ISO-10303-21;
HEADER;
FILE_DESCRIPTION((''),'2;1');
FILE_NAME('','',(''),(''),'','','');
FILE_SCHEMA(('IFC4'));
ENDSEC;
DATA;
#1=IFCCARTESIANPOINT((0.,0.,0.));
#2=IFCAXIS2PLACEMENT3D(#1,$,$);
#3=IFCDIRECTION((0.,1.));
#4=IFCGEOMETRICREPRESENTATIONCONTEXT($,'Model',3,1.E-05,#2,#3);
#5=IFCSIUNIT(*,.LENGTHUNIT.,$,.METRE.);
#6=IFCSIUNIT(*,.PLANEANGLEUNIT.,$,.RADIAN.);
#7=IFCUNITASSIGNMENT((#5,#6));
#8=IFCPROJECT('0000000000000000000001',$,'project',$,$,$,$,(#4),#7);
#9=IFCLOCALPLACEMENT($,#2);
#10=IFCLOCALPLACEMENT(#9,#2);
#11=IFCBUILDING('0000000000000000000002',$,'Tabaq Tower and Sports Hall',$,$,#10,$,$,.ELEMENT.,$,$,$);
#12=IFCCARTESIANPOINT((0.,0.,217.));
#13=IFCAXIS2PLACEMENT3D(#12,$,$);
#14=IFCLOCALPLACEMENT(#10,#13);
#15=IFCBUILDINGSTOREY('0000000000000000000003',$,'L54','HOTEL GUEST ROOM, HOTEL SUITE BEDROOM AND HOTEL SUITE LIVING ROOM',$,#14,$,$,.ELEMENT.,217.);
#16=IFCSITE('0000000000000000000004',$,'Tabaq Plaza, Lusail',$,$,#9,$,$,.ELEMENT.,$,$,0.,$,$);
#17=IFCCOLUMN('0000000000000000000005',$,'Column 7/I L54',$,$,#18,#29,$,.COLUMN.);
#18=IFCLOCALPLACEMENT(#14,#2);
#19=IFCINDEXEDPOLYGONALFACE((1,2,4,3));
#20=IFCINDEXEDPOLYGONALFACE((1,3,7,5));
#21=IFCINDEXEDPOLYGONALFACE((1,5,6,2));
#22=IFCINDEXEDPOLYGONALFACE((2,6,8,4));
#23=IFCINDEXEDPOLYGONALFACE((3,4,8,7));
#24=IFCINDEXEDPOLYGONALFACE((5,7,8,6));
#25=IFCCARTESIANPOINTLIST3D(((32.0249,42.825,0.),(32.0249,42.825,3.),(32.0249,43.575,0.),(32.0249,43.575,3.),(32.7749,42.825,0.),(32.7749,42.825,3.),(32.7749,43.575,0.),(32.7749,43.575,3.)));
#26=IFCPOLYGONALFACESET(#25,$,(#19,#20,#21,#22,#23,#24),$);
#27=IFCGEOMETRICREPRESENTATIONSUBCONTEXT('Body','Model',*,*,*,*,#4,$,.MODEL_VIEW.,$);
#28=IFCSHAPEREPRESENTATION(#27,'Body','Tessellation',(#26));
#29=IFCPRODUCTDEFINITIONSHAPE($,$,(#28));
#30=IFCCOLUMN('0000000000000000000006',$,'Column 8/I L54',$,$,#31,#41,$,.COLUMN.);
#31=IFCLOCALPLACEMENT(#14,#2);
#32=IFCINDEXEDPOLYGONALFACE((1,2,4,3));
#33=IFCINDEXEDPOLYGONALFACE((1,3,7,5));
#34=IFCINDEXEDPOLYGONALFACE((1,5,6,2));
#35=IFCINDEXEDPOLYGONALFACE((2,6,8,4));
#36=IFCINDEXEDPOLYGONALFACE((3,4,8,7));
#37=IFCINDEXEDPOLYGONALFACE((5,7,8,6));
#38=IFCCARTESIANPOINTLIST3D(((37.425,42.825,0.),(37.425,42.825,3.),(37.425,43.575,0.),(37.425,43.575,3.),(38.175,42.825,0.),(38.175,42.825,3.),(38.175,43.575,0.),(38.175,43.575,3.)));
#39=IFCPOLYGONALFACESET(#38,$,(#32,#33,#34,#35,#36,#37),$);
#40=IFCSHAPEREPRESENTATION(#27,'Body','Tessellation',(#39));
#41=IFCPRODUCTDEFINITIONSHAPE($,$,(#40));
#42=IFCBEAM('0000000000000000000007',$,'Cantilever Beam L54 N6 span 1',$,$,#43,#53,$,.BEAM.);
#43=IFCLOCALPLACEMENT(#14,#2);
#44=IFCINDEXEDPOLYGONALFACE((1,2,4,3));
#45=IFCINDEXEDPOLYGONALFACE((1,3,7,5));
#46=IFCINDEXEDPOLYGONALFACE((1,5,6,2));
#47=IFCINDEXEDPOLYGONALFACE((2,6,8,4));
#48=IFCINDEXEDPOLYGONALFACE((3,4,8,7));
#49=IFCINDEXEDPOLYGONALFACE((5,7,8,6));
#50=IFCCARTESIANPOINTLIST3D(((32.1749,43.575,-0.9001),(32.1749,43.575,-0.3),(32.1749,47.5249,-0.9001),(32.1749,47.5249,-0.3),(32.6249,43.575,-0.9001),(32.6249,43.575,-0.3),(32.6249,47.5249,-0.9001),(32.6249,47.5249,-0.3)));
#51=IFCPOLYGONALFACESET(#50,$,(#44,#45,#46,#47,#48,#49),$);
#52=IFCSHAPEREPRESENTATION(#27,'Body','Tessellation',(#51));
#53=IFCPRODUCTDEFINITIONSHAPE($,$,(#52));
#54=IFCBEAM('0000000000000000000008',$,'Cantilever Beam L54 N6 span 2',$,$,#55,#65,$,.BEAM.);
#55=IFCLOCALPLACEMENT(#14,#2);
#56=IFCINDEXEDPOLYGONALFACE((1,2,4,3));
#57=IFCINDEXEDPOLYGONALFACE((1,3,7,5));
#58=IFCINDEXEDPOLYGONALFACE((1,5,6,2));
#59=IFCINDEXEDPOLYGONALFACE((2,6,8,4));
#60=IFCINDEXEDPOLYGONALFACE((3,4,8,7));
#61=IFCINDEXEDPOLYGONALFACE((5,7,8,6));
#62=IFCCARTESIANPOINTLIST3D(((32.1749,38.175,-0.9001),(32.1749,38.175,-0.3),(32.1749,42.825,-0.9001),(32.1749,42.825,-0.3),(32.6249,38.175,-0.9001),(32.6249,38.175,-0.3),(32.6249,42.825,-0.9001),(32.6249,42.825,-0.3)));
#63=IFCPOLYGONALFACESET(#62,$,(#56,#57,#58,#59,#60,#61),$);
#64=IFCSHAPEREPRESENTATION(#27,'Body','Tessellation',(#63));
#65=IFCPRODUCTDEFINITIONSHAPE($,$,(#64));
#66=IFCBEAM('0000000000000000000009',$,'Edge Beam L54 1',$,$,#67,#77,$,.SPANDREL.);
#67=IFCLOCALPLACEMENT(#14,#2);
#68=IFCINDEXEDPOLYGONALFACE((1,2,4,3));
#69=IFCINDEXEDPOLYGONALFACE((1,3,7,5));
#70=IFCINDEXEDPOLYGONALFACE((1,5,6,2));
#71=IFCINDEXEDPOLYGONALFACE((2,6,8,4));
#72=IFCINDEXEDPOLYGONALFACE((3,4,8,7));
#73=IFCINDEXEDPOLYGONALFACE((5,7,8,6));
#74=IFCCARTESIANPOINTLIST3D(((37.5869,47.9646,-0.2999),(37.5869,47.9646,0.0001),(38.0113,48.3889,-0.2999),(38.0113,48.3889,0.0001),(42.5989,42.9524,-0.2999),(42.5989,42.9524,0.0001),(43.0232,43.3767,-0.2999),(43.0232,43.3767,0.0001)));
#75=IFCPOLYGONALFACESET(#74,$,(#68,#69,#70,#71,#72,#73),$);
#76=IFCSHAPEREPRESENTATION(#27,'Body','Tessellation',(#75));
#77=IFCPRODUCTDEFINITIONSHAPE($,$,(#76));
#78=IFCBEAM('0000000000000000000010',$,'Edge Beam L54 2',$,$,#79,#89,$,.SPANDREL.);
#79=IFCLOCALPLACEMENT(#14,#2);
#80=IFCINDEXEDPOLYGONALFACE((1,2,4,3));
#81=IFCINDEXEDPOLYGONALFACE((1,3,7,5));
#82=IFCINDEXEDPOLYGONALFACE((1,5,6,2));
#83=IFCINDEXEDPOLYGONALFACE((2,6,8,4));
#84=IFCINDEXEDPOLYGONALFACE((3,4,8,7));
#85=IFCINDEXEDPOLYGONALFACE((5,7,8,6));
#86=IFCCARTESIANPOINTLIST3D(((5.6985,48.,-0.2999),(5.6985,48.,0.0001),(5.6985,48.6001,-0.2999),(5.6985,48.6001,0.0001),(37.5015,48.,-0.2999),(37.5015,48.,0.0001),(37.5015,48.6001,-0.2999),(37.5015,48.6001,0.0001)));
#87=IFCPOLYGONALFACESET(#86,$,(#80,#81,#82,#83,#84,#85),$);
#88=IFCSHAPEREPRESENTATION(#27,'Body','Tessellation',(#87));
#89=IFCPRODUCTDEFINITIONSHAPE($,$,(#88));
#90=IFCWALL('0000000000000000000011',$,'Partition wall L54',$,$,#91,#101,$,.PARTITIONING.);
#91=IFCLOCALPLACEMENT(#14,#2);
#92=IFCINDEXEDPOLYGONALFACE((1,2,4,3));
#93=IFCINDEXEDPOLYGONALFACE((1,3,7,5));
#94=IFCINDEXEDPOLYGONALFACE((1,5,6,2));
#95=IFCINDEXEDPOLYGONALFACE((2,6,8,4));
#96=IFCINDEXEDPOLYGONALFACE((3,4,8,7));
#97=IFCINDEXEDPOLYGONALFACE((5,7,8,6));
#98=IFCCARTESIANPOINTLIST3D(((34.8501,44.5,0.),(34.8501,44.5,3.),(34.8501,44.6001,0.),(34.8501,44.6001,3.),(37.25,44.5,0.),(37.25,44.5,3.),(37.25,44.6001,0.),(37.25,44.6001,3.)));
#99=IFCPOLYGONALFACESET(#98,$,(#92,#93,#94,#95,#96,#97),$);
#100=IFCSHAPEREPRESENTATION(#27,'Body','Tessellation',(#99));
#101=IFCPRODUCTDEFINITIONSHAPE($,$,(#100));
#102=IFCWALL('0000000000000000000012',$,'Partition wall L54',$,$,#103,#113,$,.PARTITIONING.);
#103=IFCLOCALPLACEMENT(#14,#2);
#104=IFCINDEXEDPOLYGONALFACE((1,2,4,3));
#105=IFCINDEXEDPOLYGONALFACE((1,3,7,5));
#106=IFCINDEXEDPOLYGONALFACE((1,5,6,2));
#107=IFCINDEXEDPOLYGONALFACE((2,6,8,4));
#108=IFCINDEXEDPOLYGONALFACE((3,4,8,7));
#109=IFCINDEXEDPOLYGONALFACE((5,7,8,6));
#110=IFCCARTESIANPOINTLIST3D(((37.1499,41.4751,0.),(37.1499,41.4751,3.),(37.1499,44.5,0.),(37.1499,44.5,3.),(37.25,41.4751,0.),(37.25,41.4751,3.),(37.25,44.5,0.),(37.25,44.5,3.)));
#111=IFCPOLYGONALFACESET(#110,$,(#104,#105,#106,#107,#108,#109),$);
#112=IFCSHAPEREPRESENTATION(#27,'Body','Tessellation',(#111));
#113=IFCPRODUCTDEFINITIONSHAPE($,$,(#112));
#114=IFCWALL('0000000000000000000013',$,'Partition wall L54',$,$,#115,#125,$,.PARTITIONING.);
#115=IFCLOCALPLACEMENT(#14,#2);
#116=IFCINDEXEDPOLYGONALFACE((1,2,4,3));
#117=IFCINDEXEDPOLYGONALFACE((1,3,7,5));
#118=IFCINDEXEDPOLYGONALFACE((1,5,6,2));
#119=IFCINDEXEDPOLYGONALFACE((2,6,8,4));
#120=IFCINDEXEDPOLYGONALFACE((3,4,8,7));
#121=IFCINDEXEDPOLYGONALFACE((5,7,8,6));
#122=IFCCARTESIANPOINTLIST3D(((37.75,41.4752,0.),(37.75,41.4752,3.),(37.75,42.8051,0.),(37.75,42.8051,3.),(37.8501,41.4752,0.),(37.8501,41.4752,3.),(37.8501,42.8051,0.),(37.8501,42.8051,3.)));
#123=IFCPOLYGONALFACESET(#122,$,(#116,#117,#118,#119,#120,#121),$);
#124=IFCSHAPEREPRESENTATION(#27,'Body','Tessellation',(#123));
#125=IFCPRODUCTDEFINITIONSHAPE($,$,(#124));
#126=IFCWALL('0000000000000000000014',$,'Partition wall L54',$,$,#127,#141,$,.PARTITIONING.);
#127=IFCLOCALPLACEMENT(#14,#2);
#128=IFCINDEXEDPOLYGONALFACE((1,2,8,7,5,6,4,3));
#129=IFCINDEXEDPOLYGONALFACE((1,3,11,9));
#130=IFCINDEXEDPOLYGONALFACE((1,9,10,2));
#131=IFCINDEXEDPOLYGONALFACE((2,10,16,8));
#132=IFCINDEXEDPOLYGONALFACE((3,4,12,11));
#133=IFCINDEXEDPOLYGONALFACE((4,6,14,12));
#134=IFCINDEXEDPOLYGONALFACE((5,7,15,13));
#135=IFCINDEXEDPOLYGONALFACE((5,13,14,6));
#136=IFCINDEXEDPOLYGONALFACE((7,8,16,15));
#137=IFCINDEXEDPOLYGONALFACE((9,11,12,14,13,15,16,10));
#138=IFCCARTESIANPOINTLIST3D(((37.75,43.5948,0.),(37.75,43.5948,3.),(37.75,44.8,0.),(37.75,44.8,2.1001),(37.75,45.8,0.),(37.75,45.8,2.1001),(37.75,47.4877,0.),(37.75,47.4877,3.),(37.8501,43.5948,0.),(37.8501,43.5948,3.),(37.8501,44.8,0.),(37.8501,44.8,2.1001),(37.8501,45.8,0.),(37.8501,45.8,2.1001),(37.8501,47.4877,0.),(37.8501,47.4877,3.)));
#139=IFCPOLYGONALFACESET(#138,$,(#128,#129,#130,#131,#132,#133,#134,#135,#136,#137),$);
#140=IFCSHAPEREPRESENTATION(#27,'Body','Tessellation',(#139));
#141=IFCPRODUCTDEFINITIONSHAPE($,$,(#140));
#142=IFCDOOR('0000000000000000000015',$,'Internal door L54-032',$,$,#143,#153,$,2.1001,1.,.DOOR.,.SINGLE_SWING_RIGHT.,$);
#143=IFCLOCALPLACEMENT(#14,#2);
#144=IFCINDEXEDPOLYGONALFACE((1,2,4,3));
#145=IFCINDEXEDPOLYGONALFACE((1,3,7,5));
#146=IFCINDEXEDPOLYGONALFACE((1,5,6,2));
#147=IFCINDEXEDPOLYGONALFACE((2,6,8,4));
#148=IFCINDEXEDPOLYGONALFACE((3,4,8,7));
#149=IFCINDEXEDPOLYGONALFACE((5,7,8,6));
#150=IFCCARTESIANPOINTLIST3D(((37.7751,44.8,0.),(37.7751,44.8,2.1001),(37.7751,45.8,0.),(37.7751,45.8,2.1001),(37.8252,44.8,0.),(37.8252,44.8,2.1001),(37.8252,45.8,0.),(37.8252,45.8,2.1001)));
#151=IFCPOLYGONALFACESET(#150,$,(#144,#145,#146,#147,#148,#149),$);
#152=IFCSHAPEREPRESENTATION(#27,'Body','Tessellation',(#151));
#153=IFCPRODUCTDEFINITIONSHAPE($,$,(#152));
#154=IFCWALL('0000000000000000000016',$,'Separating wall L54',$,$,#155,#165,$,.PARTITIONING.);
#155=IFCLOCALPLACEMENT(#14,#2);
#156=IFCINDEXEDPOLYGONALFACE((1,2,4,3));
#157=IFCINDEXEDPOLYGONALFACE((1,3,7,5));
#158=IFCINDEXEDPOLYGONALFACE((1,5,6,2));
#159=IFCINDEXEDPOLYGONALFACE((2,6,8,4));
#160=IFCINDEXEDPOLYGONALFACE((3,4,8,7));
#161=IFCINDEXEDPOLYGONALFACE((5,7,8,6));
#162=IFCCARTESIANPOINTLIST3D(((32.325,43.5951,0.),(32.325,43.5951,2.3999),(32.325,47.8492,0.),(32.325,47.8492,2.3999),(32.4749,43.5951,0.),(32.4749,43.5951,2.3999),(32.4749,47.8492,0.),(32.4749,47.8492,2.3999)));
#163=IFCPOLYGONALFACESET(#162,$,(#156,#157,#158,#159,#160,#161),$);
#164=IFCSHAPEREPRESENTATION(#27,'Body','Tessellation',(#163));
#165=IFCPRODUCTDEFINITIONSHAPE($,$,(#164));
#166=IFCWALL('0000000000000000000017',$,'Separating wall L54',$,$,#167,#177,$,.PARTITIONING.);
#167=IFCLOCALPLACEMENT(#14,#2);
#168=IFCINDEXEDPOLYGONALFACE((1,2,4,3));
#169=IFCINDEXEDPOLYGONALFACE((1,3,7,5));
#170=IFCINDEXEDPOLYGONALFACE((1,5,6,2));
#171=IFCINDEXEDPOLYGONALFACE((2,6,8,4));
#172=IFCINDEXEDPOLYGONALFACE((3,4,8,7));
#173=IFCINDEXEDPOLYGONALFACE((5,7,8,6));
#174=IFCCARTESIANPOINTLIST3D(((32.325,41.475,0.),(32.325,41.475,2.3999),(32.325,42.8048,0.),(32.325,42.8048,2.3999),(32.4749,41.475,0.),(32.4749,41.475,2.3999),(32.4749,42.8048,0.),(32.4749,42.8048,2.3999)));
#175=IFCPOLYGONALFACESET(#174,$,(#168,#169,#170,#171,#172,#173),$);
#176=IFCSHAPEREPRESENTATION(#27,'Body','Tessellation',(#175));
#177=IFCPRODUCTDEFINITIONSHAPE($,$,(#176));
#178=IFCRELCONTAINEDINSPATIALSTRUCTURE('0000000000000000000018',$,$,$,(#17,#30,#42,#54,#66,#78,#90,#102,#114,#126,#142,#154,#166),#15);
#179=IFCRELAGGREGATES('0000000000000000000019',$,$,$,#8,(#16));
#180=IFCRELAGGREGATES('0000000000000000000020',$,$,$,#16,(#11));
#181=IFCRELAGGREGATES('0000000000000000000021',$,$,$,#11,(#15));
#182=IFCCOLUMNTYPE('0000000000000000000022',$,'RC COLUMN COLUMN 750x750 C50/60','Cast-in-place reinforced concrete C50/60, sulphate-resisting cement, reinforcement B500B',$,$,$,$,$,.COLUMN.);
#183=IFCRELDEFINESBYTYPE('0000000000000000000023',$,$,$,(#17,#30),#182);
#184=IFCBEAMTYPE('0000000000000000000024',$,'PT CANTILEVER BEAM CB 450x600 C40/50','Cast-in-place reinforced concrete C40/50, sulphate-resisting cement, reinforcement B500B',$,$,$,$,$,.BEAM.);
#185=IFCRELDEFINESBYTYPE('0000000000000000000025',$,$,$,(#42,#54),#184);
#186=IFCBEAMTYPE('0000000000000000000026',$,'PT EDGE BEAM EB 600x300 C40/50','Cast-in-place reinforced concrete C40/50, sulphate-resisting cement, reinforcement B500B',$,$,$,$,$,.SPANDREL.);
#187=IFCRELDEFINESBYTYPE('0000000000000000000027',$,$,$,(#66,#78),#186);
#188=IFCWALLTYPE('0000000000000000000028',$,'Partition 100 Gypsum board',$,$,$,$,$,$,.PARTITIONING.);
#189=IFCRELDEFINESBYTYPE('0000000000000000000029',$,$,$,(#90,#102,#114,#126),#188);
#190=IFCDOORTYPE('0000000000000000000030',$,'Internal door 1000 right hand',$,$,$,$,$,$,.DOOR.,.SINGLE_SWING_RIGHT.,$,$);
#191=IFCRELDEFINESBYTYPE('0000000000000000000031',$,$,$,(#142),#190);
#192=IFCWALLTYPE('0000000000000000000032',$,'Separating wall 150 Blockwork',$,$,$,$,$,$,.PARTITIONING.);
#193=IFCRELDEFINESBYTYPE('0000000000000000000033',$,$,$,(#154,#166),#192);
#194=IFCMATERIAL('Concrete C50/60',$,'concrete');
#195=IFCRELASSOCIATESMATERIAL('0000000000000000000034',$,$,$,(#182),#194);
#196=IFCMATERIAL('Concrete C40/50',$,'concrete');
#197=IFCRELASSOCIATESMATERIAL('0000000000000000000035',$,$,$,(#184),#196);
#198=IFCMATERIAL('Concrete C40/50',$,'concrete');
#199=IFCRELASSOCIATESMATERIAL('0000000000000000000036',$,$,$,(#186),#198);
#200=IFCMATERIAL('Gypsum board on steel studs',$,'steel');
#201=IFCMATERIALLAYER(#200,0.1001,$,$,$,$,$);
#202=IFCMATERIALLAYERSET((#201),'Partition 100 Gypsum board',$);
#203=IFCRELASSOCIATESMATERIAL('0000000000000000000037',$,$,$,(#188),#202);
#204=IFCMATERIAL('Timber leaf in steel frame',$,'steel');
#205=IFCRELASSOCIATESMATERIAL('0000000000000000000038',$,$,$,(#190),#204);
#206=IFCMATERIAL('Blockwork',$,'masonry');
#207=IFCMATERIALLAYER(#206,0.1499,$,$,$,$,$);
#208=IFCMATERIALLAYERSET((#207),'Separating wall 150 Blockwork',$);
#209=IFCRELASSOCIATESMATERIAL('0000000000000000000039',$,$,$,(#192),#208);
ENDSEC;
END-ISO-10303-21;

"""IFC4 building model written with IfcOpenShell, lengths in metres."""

from ifc_helpers import new_model, si_unit, direction, frame, frame_2d, origin, origin_2d, place, context, subcontext, project, spatial, rectangle, extrude, material, layer, layer_set, material_profile, profile_set, type_object, element, fill, save


model = new_model("IFC4")

# Units and contexts
model_context = context("Model", 3, precision=1e-05, world=origin(), true_north=direction((0.0, 1.0)))
body_context = subcontext(model_context, "Body", "Model", "MODEL_VIEW")
ifc_project = project(units=[si_unit("LENGTHUNIT", "METRE"), si_unit("PLANEANGLEUNIT", "RADIAN")], contexts=[model_context])

# Site, building, storey
site_placement = place(None, origin())
site = spatial("IfcSite", under=ifc_project, at=site_placement, Name="Tabaq Plaza, Lusail", CompositionType="ELEMENT", RefElevation=0.0)
building_placement = place(site_placement, origin())
building = spatial("IfcBuilding", under=site, at=building_placement, Name="Tabaq Tower and Sports Hall", CompositionType="ELEMENT")
storey_placement = place(building_placement, frame((0.0, 0.0, 217.0)))
storey = spatial("IfcBuildingStorey", under=building, at=storey_placement, Name="L54", Description="HOTEL GUEST ROOM, HOTEL SUITE BEDROOM AND HOTEL SUITE LIVING ROOM", CompositionType="ELEMENT", Elevation=217.0)

# Columns
ifc_material_1 = material(Name="Concrete C50/60", Category="concrete")
ifc_material_profile_1 = material_profile(ifc_material_1, rectangle(XDim=0.75, YDim=0.75, at=origin_2d()), Name="COLUMN 750x750")
ifc_profile_set_1 = profile_set([ifc_material_profile_1], Name="Concrete C50/60")
column_type = type_object("IfcColumnType", Name="RC COLUMN COLUMN 750x750 C50/60", Description="Cast-in-place reinforced concrete C50/60, sulphate-resisting cement, reinforcement B500B", PredefinedType="COLUMN", material=ifc_profile_set_1)
for number, where, z_axis, x_axis, name in (
    (1, (32.3999, 43.2, 0.0), (0.0, 0.0, 1.0), (1.0, 0.0, 0.0), "Column 7/I L54"),
    (2, (37.8, 43.2, 0.0), (0.0, 0.0, 1.0), (1.0, 0.0, 0.0), "Column 8/I L54"),
):
    element("IfcColumn", number, at=place(storey_placement, frame(where, z_axis=z_axis, x_axis=x_axis)), inside=storey, type_object=column_type, Name=name, PredefinedType="COLUMN", context=body_context, shape_type="SweptSolid", body=[
        extrude(rectangle(XDim=0.75, YDim=0.75, at=origin_2d()), origin(), (0.0, 0.0, 1.0), 3.0),
    ])

# Beams
ifc_material_2 = material(Name="Concrete C40/50", Category="concrete")
ifc_material_profile_2 = material_profile(ifc_material_2, rectangle(XDim=0.45, YDim=0.6001, at=origin_2d()), Name="CB 450x600")
ifc_profile_set_2 = profile_set([ifc_material_profile_2], Name="Concrete C40/50")
beam_type_1 = type_object("IfcBeamType", Name="PT CANTILEVER BEAM CB 450x600 C40/50", Description="Cast-in-place reinforced concrete C40/50, sulphate-resisting cement, reinforcement B500B", PredefinedType="BEAM", material=ifc_profile_set_2)
beam_1_placement = place(storey_placement, frame((32.3999, 47.5249, -0.6001), z_axis=(0.0, -1.0, 0.0), x_axis=(1.0, 0.0, 0.0)))
element("IfcBeam", 3, at=beam_1_placement, inside=storey, type_object=beam_type_1, Name="Cantilever Beam L54 N6 span 1", PredefinedType="BEAM", context=body_context, shape_type="SweptSolid", body=[
    extrude(rectangle(XDim=0.45, YDim=0.6001, at=origin_2d()), origin(), (0.0, 0.0, 1.0), 3.95),
])
beam_2_placement = place(storey_placement, frame((32.3999, 42.825, -0.6001), z_axis=(0.0, -1.0, 0.0), x_axis=(1.0, 0.0, 0.0)))
element("IfcBeam", 4, at=beam_2_placement, inside=storey, type_object=beam_type_1, Name="Cantilever Beam L54 N6 span 2", PredefinedType="BEAM", context=body_context, shape_type="SweptSolid", body=[
    extrude(rectangle(XDim=0.45, YDim=0.6001, at=origin_2d()), origin(), (0.0, 0.0, 1.0), 4.6499),
])
ifc_material_3 = material(Name="Concrete C40/50", Category="concrete")
ifc_material_profile_3 = material_profile(ifc_material_3, rectangle(XDim=0.6001, YDim=0.3, at=origin_2d()), Name="EB 600x300")
ifc_profile_set_3 = profile_set([ifc_material_profile_3], Name="Concrete C40/50")
beam_type_2 = type_object("IfcBeamType", Name="PT EDGE BEAM EB 600x300 C40/50", Description="Cast-in-place reinforced concrete C40/50, sulphate-resisting cement, reinforcement B500B", PredefinedType="SPANDREL", material=ifc_profile_set_3)
beam_3_placement = place(storey_placement, frame((42.811, 43.1646, -0.1499), z_axis=(-0.70709, 0.707124, 0.0), x_axis=(-0.707124, -0.70709, 0.0)))
element("IfcBeam", 5, at=beam_3_placement, inside=storey, type_object=beam_type_2, Name="Edge Beam L54 1", PredefinedType="SPANDREL", context=body_context, shape_type="SweptSolid", body=[
    extrude(rectangle(XDim=0.6001, YDim=0.3, at=origin_2d()), origin(), (0.0, 0.0, 1.0), 7.0881),
])
beam_4_placement = place(storey_placement, frame((37.5015, 48.3, -0.1499), z_axis=(-1.0, 0.0, 0.0), x_axis=(0.0, -1.0, 0.0)))
element("IfcBeam", 6, at=beam_4_placement, inside=storey, type_object=beam_type_2, Name="Edge Beam L54 2", PredefinedType="SPANDREL", context=body_context, shape_type="SweptSolid", body=[
    extrude(rectangle(XDim=0.6001, YDim=0.3, at=origin_2d()), origin(), (0.0, 0.0, 1.0), 31.803),
])

# Walls
ifc_material_4 = material(Name="Gypsum board on steel studs", Category="steel")
ifc_layer_1 = layer(ifc_material_4, 0.1001)
ifc_layer_set_1 = layer_set([ifc_layer_1], Name="Partition 100 Gypsum board")
wall_type_1 = type_object("IfcWallType", Name="Partition 100 Gypsum board", PredefinedType="PARTITIONING", material=ifc_layer_set_1)
wall_1_placement = place(storey_placement, frame((34.8501, 44.55, 0.0), z_axis=(0.0, 0.0, 1.0), x_axis=(1.0, 0.0, 0.0)))
element("IfcWall", 7, at=wall_1_placement, inside=storey, type_object=wall_type_1, Name="Partition wall L54", PredefinedType="PARTITIONING", context=body_context, shape_type="SweptSolid", body=[
    extrude(rectangle(XDim=2.3999, YDim=0.1001, at=frame_2d((1.2, 0.0))), origin(), (0.0, 0.0, 1.0), 3.0),
])
wall_2_placement = place(storey_placement, frame((37.2, 44.5, 0.0), z_axis=(0.0, 0.0, 1.0), x_axis=(0.0, -1.0, 0.0)))
element("IfcWall", 8, at=wall_2_placement, inside=storey, type_object=wall_type_1, Name="Partition wall L54", PredefinedType="PARTITIONING", context=body_context, shape_type="SweptSolid", body=[
    extrude(rectangle(XDim=3.0249, YDim=0.1001, at=frame_2d((1.5125, 0.0))), origin(), (0.0, 0.0, 1.0), 3.0),
])
wall_3_placement = place(storey_placement, frame((37.8, 41.4751, 0.0), z_axis=(0.0, 0.0, 1.0), x_axis=(0.0, 1.0, 0.0)))
element("IfcWall", 9, at=wall_3_placement, inside=storey, type_object=wall_type_1, Name="Partition wall L54", PredefinedType="PARTITIONING", context=body_context, shape_type="SweptSolid", body=[
    extrude(rectangle(XDim=1.3298, YDim=0.1001, at=frame_2d((0.665, 0.0))), origin(), (0.0, 0.0, 1.0), 3.0),
])

# Wall, opening, door
wall_4_placement = place(storey_placement, frame((37.8, 43.595, 0.0), z_axis=(0.0, 0.0, 1.0), x_axis=(0.0, 1.0, 0.0)))
wall_4 = element("IfcWall", 10, at=wall_4_placement, inside=storey, type_object=wall_type_1, Name="Partition wall L54", PredefinedType="PARTITIONING", context=body_context, shape_type="SweptSolid", body=[
    extrude(rectangle(XDim=3.8928, YDim=0.1001, at=frame_2d((1.9463, 0.0))), origin(), (0.0, 0.0, 1.0), 3.0),
])
opening_1_placement = place(wall_4_placement, frame((1.2051, 0.0, 0.0)))
opening_1 = element("IfcOpeningElement", 11, at=opening_1_placement, cuts=wall_4, PredefinedType="OPENING", context=body_context, shape_type="SweptSolid", body=[
    extrude(rectangle(XDim=1.0, YDim=2.1001, at=frame_2d((0.5, 1.05))), frame((0.0, 0.05, 0.0), z_axis=(0.0, -1.0, 0.0), x_axis=(1.0, 0.0, 0.0)), (0.0, 0.0, 1.0), 0.1001),
])
ifc_material_5 = material(Name="Timber leaf in steel frame", Category="steel")
door_type = type_object("IfcDoorType", Name="Internal door 1000 right hand", OperationType="SINGLE_SWING_RIGHT", PredefinedType="DOOR", material=ifc_material_5)
door_placement = place(opening_1_placement, origin())
door = element("IfcDoor", 12, at=door_placement, inside=storey, type_object=door_type, Name="Internal door L54-032", OperationType="SINGLE_SWING_RIGHT", OverallHeight=2.1001, OverallWidth=1.0, PredefinedType="DOOR", context=body_context, shape_type="SweptSolid", body=[
    extrude(rectangle(XDim=1.0, YDim=2.1001, at=frame_2d((0.5, 1.05))), frame((0.0, 0.0249, 0.0), z_axis=(0.0, -1.0, 0.0), x_axis=(1.0, 0.0, 0.0)), (0.0, 0.0, 1.0), 0.05),
])
fill(opening_1, door)

# Walls
ifc_material_6 = material(Name="Blockwork", Category="masonry")
ifc_layer_2 = layer(ifc_material_6, 0.1499)
ifc_layer_set_2 = layer_set([ifc_layer_2], Name="Separating wall 150 Blockwork")
wall_type_2 = type_object("IfcWallType", Name="Separating wall 150 Blockwork", PredefinedType="PARTITIONING", material=ifc_layer_set_2)
wall_5_placement = place(storey_placement, frame((32.3999, 47.8491, 0.0), z_axis=(0.0, 0.0, 1.0), x_axis=(0.0, -1.0, 0.0)))
element("IfcWall", 13, at=wall_5_placement, inside=storey, type_object=wall_type_2, Name="Separating wall L54", PredefinedType="PARTITIONING", context=body_context, shape_type="SweptSolid", body=[
    extrude(rectangle(XDim=4.2542, YDim=0.1499, at=frame_2d((2.127, 0.0))), origin(), (0.0, 0.0, 1.0), 2.3999),
])
wall_6_placement = place(storey_placement, frame((32.3999, 42.8049, 0.0), z_axis=(0.0, 0.0, 1.0), x_axis=(0.0, -1.0, 0.0)))
element("IfcWall", 14, at=wall_6_placement, inside=storey, type_object=wall_type_2, Name="Separating wall L54", PredefinedType="PARTITIONING", context=body_context, shape_type="SweptSolid", body=[
    extrude(rectangle(XDim=1.3298, YDim=0.1499, at=frame_2d((0.665, 0.0))), origin(), (0.0, 0.0, 1.0), 2.3999),
])

save(model, "model.ifc")
